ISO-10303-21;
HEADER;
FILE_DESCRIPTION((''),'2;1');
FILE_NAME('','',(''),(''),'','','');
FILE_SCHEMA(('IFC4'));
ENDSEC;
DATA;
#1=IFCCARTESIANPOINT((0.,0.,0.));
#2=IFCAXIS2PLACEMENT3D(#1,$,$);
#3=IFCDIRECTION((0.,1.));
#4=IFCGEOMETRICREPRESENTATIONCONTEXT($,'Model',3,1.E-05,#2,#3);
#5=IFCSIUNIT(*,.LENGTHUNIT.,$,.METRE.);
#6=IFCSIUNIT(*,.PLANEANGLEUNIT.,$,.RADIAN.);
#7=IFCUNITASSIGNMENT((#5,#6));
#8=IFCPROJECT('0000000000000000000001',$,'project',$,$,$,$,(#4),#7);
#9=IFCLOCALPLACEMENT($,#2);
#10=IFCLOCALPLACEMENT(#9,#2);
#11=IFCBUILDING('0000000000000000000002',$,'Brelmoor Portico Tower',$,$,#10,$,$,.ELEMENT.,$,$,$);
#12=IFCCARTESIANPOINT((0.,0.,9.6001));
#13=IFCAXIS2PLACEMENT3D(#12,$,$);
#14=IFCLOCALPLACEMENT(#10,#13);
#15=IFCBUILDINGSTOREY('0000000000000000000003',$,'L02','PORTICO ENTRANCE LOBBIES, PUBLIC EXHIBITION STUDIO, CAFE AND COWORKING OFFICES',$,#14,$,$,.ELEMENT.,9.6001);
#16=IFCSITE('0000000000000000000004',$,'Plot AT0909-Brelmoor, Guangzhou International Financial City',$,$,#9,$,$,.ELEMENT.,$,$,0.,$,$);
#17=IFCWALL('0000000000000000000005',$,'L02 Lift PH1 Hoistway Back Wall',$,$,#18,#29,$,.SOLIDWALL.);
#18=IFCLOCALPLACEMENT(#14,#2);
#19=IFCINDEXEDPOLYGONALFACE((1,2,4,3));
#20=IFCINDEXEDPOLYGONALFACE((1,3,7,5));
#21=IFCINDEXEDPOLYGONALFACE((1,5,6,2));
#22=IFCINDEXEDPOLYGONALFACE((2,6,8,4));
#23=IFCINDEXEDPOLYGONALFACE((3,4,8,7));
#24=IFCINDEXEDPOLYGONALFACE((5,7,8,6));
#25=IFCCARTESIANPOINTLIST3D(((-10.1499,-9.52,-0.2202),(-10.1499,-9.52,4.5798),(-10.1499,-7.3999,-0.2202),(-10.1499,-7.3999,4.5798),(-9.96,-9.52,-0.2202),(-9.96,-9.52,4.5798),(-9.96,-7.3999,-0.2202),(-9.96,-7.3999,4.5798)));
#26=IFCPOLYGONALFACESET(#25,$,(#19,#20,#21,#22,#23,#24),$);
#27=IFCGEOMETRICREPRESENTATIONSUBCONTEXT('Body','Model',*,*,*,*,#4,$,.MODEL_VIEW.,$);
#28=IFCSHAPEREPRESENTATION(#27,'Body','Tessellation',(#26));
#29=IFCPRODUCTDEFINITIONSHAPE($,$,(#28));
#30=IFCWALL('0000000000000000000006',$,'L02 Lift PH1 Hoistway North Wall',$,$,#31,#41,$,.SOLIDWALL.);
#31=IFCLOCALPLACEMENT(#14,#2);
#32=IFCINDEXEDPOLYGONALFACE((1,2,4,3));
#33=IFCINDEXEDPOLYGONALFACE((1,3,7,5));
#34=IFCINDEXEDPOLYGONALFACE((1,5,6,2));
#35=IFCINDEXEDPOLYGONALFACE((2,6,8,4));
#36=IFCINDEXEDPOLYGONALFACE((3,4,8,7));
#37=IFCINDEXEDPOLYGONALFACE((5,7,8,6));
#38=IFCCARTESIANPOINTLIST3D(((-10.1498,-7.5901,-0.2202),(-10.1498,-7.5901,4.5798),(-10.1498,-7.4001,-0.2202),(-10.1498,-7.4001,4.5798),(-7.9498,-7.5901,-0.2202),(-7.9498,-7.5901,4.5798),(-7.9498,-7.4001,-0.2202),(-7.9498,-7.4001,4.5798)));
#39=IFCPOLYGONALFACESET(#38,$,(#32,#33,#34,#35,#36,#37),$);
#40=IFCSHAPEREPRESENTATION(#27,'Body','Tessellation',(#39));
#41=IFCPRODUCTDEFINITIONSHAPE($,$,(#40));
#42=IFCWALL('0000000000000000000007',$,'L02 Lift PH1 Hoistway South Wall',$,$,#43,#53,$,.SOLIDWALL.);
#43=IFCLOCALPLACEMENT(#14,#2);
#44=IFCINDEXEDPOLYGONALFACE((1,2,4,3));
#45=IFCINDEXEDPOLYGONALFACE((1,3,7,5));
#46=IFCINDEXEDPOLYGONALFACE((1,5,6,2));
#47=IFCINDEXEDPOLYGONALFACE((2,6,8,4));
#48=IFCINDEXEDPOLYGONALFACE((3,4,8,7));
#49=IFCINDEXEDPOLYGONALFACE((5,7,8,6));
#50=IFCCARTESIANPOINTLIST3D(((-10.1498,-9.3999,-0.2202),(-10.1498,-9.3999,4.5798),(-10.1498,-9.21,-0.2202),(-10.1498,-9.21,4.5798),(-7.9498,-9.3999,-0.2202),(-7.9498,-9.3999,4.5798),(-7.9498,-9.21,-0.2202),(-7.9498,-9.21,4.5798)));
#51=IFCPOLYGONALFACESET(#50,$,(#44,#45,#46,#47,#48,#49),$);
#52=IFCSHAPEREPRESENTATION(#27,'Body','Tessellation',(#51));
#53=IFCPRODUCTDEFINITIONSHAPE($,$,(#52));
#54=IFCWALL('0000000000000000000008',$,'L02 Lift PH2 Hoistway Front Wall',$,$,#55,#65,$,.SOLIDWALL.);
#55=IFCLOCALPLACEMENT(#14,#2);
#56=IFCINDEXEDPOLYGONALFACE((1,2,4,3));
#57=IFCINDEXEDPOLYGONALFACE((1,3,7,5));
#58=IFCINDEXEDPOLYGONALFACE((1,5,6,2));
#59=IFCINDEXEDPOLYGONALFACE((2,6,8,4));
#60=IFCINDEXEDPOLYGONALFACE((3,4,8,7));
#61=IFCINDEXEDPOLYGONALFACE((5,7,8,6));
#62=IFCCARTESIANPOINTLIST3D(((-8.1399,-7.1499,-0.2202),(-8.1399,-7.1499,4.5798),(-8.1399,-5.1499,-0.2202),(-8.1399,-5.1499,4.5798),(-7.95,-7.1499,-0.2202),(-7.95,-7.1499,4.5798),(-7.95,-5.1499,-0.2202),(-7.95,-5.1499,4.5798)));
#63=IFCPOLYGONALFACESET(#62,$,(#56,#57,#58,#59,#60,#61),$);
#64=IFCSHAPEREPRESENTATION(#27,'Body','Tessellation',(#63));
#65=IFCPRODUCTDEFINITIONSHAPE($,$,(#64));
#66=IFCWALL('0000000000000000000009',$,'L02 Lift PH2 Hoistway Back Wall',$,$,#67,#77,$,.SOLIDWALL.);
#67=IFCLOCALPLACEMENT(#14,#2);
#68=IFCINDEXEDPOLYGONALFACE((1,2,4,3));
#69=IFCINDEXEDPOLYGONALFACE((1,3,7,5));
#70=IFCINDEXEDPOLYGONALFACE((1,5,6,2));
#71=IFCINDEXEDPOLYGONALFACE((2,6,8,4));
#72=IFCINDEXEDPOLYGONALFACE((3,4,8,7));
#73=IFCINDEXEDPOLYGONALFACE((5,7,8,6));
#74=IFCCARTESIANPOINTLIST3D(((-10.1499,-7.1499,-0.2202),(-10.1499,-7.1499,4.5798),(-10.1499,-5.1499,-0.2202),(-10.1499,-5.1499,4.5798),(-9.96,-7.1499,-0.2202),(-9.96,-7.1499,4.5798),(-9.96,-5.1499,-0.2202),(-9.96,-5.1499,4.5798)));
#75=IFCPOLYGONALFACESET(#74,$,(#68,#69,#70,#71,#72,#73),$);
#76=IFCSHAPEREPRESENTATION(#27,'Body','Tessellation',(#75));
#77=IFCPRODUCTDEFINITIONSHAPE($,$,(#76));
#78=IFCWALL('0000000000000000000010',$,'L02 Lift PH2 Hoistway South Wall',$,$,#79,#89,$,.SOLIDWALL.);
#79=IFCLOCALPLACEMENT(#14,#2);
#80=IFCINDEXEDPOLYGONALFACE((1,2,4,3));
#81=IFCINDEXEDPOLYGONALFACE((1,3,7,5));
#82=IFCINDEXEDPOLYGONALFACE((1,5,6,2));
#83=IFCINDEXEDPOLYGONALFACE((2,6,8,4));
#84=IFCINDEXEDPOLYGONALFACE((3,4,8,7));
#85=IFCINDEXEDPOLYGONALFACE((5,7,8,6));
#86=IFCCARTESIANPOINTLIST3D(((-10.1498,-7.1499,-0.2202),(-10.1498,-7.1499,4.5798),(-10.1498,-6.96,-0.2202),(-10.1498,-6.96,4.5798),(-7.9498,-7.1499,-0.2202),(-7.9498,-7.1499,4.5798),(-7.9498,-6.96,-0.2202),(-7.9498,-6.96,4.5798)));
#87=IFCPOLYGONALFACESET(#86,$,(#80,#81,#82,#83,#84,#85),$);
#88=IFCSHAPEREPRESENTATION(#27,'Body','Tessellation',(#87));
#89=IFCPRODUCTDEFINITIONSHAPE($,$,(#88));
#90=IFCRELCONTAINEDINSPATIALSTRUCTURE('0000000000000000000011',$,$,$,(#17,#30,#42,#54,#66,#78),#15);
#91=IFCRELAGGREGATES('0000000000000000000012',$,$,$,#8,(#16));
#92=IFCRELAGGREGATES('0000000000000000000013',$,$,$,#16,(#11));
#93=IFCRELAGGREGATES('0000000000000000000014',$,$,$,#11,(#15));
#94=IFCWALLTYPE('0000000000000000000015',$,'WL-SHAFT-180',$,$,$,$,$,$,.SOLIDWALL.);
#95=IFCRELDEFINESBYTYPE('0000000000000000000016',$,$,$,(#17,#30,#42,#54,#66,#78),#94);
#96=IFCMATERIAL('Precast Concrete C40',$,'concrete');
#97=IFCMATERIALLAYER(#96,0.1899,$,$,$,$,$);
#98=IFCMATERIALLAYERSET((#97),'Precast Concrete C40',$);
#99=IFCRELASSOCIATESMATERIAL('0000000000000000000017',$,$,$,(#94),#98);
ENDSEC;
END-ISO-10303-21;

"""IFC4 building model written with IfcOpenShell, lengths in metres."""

from ifc_helpers import new_model, si_unit, direction, frame, frame_2d, origin, place, context, subcontext, project, spatial, rectangle, extrude, material, layer, layer_set, type_object, element, save


model = new_model("IFC4")

# Units and contexts
model_context = context("Model", 3, precision=1e-05, world=origin(), true_north=direction((0.0, 1.0)))
body_context = subcontext(model_context, "Body", "Model", "MODEL_VIEW")
ifc_project = project(units=[si_unit("LENGTHUNIT", "METRE"), si_unit("PLANEANGLEUNIT", "RADIAN")], contexts=[model_context])

# Site, building, storey
site_placement = place(None, origin())
site = spatial("IfcSite", under=ifc_project, at=site_placement, Name="Plot AT0909-Brelmoor, Guangzhou International Financial City", CompositionType="ELEMENT", RefElevation=0.0)
building_placement = place(site_placement, origin())
building = spatial("IfcBuilding", under=site, at=building_placement, Name="Brelmoor Portico Tower", CompositionType="ELEMENT")
storey_placement = place(building_placement, frame((0.0, 0.0, 9.6001)))
storey = spatial("IfcBuildingStorey", under=building, at=storey_placement, Name="L02", Description="PORTICO ENTRANCE LOBBIES, PUBLIC EXHIBITION STUDIO, CAFE AND COWORKING OFFICES", CompositionType="ELEMENT", Elevation=9.6001)

# Walls
ifc_material_1 = material(Name="Precast Concrete C40", Category="concrete")
ifc_layer_1 = layer(ifc_material_1, 0.1899)
ifc_layer_set_1 = layer_set([ifc_layer_1], Name="Precast Concrete C40")
wall_type_1 = type_object("IfcWallType", Name="WL-SHAFT-180", PredefinedType="SOLIDWALL", material=ifc_layer_set_1)
for number, where, z_axis, x_axis, name in (
    (1, (-10.0549, -9.52, -0.2202), (0.0, 0.0, 1.0), (0.0, 1.0, 0.0), "L02 Lift PH1 Hoistway Back Wall"),
):
    element("IfcWall", number, at=place(storey_placement, frame(where, z_axis=z_axis, x_axis=x_axis)), inside=storey, type_object=wall_type_1, Name=name, PredefinedType="SOLIDWALL", context=body_context, shape_type="SweptSolid", body=[
        extrude(rectangle(XDim=2.1201, YDim=0.1899, at=frame_2d((1.0601, 0.0))), origin(), (0.0, 0.0, 1.0), 4.8),
    ])
for number, where, z_axis, x_axis, name in (
    (2, (-10.1499, -7.4951, -0.2202), (0.0, 0.0, 1.0), (1.0, 0.0, 0.0), "L02 Lift PH1 Hoistway North Wall"),
    (3, (-10.1499, -9.3049, -0.2202), (0.0, 0.0, 1.0), (1.0, 0.0, 0.0), "L02 Lift PH1 Hoistway South Wall"),
):
    element("IfcWall", number, at=place(storey_placement, frame(where, z_axis=z_axis, x_axis=x_axis)), inside=storey, type_object=wall_type_1, Name=name, PredefinedType="SOLIDWALL", context=body_context, shape_type="SweptSolid", body=[
        extrude(rectangle(XDim=2.2, YDim=0.1899, at=frame_2d((1.1001, 0.0))), origin(), (0.0, 0.0, 1.0), 4.8),
    ])
for number, where, z_axis, x_axis, name in (
    (4, (-8.0449, -7.1499, -0.2202), (0.0, 0.0, 1.0), (0.0, 1.0, 0.0), "L02 Lift PH2 Hoistway Front Wall"),
    (5, (-10.0549, -7.1499, -0.2202), (0.0, 0.0, 1.0), (0.0, 1.0, 0.0), "L02 Lift PH2 Hoistway Back Wall"),
):
    element("IfcWall", number, at=place(storey_placement, frame(where, z_axis=z_axis, x_axis=x_axis)), inside=storey, type_object=wall_type_1, Name=name, PredefinedType="SOLIDWALL", context=body_context, shape_type="SweptSolid", body=[
        extrude(rectangle(XDim=2.0, YDim=0.1899, at=frame_2d((1.0, 0.0))), origin(), (0.0, 0.0, 1.0), 4.8),
    ])
wall_1_placement = place(storey_placement, frame((-10.1499, -7.0549, -0.2202), z_axis=(0.0, 0.0, 1.0), x_axis=(1.0, 0.0, 0.0)))
element("IfcWall", 6, at=wall_1_placement, inside=storey, type_object=wall_type_1, Name="L02 Lift PH2 Hoistway South Wall", PredefinedType="SOLIDWALL", context=body_context, shape_type="SweptSolid", body=[
    extrude(rectangle(XDim=2.2, YDim=0.1899, at=frame_2d((1.1001, 0.0))), origin(), (0.0, 0.0, 1.0), 4.8),
])

save(model, "model.ifc")
